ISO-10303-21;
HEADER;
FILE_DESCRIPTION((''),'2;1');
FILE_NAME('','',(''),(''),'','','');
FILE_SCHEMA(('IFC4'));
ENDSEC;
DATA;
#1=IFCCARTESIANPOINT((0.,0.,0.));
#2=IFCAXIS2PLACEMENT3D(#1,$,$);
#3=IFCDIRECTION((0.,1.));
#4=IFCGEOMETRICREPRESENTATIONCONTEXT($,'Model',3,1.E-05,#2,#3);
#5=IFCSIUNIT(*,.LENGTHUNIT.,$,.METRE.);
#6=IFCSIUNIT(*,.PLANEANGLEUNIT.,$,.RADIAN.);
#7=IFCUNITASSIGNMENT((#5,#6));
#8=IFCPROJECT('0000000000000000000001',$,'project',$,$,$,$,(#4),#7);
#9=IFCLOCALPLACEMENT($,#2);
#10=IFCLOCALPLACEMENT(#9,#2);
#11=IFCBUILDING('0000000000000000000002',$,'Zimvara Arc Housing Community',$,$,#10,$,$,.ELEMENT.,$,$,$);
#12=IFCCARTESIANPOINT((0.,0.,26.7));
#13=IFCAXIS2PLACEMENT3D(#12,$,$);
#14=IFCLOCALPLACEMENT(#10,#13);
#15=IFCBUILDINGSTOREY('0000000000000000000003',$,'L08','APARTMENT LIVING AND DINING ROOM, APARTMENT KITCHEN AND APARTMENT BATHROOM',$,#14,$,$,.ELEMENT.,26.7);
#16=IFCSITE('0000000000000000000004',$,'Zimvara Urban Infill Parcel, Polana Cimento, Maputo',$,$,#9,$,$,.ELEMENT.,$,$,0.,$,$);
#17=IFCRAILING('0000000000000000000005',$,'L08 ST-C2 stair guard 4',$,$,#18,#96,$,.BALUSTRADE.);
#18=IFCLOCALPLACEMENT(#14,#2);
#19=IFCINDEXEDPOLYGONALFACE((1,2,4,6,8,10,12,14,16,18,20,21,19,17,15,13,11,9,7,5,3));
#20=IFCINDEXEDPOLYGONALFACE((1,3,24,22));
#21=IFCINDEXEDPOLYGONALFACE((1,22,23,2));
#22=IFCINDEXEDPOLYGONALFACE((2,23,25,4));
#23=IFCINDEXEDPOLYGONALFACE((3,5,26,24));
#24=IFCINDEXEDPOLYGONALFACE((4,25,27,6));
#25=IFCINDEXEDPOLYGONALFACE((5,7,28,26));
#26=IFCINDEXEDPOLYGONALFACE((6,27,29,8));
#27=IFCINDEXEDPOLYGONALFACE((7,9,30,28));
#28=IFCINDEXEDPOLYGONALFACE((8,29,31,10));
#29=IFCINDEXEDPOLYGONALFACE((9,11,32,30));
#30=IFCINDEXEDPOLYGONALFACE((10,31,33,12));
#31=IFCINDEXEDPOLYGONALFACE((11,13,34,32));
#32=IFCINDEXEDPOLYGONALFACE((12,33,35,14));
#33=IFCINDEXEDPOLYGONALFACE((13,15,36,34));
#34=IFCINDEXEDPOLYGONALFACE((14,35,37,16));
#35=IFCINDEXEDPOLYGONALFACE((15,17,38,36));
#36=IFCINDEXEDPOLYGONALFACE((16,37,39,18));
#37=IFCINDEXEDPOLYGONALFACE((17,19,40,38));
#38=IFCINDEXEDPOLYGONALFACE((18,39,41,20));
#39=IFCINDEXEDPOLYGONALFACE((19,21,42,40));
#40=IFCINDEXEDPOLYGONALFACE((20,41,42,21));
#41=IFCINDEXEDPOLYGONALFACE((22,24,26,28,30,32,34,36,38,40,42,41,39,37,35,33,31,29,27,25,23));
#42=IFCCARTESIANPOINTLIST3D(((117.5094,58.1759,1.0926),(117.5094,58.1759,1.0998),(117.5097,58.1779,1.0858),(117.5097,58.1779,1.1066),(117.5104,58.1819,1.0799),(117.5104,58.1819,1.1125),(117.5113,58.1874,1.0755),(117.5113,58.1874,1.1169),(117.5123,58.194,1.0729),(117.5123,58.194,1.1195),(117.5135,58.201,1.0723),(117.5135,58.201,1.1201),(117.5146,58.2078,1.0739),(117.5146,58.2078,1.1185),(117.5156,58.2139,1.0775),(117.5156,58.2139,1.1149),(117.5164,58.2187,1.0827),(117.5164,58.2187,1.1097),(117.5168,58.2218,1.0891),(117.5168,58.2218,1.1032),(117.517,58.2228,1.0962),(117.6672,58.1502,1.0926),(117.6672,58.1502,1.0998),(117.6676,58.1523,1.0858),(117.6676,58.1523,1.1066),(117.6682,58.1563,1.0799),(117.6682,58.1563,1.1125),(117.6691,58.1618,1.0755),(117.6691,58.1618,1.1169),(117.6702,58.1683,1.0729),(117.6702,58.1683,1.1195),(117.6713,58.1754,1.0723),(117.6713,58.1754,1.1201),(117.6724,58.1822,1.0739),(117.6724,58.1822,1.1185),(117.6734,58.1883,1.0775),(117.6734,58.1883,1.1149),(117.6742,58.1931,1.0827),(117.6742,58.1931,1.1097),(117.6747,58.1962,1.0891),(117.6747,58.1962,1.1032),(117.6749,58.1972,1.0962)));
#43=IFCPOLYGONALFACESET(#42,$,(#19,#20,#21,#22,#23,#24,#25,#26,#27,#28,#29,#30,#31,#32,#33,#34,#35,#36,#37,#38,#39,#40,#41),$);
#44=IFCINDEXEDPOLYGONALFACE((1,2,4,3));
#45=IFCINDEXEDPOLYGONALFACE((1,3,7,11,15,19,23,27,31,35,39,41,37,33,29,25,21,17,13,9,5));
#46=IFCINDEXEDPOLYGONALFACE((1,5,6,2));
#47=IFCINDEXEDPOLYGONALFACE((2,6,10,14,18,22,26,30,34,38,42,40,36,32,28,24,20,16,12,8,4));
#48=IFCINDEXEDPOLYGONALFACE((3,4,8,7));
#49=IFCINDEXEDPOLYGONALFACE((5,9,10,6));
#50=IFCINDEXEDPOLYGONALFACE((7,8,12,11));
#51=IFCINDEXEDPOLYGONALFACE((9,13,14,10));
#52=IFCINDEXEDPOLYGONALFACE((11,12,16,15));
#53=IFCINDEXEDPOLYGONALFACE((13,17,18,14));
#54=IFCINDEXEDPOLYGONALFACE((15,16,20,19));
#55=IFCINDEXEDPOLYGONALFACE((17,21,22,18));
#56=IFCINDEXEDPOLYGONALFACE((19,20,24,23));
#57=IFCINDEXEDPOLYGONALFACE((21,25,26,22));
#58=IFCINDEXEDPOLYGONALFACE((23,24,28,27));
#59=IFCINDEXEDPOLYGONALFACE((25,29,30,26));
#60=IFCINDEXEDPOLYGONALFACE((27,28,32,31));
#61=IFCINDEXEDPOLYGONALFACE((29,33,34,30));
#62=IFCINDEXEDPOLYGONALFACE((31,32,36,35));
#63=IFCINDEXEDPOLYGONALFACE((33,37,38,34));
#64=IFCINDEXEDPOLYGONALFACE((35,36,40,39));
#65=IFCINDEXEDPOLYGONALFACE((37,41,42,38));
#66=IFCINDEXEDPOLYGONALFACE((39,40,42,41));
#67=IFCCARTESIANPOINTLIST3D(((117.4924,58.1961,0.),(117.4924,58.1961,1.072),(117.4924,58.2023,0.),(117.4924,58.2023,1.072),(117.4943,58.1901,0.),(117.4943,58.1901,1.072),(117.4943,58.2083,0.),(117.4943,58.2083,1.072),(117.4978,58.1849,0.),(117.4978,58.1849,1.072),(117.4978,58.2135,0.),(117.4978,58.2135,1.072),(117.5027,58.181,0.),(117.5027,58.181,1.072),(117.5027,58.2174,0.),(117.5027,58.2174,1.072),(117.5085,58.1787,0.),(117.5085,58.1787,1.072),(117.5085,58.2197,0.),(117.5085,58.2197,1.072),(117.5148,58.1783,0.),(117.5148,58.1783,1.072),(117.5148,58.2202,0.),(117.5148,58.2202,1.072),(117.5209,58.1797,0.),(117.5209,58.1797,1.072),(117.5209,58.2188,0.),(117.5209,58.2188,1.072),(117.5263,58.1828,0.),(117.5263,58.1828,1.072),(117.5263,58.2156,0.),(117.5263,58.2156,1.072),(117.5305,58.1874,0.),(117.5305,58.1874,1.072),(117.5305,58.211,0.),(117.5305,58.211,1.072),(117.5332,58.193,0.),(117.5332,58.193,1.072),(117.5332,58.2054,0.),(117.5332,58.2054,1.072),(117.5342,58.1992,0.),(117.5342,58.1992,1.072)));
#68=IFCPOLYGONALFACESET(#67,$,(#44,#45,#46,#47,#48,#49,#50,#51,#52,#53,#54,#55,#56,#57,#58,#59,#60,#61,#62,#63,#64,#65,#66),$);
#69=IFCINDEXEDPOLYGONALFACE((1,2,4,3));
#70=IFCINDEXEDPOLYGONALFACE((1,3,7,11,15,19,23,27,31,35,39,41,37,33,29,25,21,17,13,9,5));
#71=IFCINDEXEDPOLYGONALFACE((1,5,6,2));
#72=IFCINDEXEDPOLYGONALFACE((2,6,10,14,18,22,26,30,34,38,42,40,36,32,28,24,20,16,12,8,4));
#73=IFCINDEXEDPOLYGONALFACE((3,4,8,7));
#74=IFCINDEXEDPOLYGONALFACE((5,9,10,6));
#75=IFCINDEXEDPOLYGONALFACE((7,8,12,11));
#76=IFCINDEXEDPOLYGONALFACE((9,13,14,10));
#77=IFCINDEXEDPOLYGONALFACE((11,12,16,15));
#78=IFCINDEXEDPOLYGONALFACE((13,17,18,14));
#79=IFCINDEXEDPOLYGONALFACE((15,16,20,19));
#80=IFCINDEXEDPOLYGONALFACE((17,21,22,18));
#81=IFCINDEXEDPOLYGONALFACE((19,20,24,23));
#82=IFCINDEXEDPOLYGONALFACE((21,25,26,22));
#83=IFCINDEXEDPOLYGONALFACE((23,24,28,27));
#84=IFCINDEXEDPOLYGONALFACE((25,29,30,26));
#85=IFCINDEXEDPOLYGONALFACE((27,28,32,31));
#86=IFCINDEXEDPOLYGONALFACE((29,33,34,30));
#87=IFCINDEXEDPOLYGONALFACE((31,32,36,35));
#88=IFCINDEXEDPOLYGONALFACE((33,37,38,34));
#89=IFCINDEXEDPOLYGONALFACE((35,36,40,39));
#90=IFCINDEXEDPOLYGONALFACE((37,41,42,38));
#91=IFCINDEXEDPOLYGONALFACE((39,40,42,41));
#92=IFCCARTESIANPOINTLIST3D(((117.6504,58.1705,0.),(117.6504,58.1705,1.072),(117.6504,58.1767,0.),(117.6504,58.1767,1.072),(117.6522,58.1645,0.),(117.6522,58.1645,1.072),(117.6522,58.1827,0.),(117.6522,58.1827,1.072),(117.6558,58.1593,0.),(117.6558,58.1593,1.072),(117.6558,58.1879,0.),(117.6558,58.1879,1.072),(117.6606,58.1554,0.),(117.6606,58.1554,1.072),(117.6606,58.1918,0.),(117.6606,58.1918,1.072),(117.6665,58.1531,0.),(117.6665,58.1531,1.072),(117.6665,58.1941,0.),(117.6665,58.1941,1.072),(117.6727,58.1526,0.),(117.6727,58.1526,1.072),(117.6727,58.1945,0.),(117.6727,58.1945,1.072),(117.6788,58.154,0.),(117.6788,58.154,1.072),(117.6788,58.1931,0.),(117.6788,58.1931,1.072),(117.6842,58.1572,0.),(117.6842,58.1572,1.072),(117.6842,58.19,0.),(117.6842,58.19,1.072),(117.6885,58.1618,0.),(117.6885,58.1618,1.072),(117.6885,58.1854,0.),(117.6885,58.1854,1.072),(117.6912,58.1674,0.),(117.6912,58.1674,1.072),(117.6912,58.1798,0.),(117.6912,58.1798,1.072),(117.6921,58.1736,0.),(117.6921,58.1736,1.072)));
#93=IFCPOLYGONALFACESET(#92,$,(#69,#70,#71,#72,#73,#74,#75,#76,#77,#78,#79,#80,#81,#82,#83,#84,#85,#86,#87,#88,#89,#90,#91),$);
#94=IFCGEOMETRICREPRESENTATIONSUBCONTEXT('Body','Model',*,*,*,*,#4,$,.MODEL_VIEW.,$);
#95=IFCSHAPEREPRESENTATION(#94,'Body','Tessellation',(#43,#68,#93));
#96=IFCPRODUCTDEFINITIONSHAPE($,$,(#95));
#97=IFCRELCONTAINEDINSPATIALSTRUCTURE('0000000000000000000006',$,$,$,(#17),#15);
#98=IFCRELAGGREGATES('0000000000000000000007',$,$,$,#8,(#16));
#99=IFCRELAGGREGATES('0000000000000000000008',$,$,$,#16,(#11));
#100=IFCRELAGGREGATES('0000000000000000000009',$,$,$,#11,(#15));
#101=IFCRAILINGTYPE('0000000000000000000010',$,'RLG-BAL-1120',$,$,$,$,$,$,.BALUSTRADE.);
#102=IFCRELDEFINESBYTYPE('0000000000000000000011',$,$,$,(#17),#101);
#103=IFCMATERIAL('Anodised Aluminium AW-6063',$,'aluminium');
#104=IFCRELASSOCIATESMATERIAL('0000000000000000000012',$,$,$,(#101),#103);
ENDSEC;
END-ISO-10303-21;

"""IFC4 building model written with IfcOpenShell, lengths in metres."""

from ifc_helpers import new_model, si_unit, direction, frame, origin, origin_2d, place, context, subcontext, project, spatial, circle, extrude, material, type_object, element, save


model = new_model("IFC4")

# Units and contexts
model_context = context("Model", 3, precision=1e-05, world=origin(), true_north=direction((0.0, 1.0)))
body_context = subcontext(model_context, "Body", "Model", "MODEL_VIEW")
ifc_project = project(units=[si_unit("LENGTHUNIT", "METRE"), si_unit("PLANEANGLEUNIT", "RADIAN")], contexts=[model_context])

# Site, building, storey
site_placement = place(None, origin())
site = spatial("IfcSite", under=ifc_project, at=site_placement, Name="Zimvara Urban Infill Parcel, Polana Cimento, Maputo", CompositionType="ELEMENT", RefElevation=0.0)
building_placement = place(site_placement, origin())
building = spatial("IfcBuilding", under=site, at=building_placement, Name="Zimvara Arc Housing Community", CompositionType="ELEMENT")
storey_placement = place(building_placement, frame((0.0, 0.0, 26.7)))
storey = spatial("IfcBuildingStorey", under=building, at=storey_placement, Name="L08", Description="APARTMENT LIVING AND DINING ROOM, APARTMENT KITCHEN AND APARTMENT BATHROOM", CompositionType="ELEMENT", Elevation=26.7)

# Railing
ifc_material_1 = material(Name="Anodised Aluminium AW-6063", Category="aluminium")
railing_type_1 = type_object("IfcRailingType", Name="RLG-BAL-1120", PredefinedType="BALUSTRADE", material=ifc_material_1)
railing_1_placement = place(storey_placement, frame((117.5132, 58.1992, 0.0)))
element("IfcRailing", 1, at=railing_1_placement, inside=storey, type_object=railing_type_1, Name="L08 ST-C2 stair guard 4", PredefinedType="BALUSTRADE", context=body_context, shape_type="SweptSolid", body=[
    extrude(circle(Radius=0.0239, at=origin_2d()), frame((0.0, 0.0, 1.0962), z_axis=(0.987086, -0.160192, 0.0), x_axis=(0.160192, 0.987086, 0.0)), (0.0, 0.0, 1.0), 0.1599),
    extrude(circle(Radius=0.021, at=origin_2d()), origin(), (0.0, 0.0, 1.0), 1.072),
    extrude(circle(Radius=0.021, at=origin_2d()), frame((0.158, -0.0256, 0.0)), (0.0, 0.0, 1.0), 1.072),
])

save(model, "model.ifc")
